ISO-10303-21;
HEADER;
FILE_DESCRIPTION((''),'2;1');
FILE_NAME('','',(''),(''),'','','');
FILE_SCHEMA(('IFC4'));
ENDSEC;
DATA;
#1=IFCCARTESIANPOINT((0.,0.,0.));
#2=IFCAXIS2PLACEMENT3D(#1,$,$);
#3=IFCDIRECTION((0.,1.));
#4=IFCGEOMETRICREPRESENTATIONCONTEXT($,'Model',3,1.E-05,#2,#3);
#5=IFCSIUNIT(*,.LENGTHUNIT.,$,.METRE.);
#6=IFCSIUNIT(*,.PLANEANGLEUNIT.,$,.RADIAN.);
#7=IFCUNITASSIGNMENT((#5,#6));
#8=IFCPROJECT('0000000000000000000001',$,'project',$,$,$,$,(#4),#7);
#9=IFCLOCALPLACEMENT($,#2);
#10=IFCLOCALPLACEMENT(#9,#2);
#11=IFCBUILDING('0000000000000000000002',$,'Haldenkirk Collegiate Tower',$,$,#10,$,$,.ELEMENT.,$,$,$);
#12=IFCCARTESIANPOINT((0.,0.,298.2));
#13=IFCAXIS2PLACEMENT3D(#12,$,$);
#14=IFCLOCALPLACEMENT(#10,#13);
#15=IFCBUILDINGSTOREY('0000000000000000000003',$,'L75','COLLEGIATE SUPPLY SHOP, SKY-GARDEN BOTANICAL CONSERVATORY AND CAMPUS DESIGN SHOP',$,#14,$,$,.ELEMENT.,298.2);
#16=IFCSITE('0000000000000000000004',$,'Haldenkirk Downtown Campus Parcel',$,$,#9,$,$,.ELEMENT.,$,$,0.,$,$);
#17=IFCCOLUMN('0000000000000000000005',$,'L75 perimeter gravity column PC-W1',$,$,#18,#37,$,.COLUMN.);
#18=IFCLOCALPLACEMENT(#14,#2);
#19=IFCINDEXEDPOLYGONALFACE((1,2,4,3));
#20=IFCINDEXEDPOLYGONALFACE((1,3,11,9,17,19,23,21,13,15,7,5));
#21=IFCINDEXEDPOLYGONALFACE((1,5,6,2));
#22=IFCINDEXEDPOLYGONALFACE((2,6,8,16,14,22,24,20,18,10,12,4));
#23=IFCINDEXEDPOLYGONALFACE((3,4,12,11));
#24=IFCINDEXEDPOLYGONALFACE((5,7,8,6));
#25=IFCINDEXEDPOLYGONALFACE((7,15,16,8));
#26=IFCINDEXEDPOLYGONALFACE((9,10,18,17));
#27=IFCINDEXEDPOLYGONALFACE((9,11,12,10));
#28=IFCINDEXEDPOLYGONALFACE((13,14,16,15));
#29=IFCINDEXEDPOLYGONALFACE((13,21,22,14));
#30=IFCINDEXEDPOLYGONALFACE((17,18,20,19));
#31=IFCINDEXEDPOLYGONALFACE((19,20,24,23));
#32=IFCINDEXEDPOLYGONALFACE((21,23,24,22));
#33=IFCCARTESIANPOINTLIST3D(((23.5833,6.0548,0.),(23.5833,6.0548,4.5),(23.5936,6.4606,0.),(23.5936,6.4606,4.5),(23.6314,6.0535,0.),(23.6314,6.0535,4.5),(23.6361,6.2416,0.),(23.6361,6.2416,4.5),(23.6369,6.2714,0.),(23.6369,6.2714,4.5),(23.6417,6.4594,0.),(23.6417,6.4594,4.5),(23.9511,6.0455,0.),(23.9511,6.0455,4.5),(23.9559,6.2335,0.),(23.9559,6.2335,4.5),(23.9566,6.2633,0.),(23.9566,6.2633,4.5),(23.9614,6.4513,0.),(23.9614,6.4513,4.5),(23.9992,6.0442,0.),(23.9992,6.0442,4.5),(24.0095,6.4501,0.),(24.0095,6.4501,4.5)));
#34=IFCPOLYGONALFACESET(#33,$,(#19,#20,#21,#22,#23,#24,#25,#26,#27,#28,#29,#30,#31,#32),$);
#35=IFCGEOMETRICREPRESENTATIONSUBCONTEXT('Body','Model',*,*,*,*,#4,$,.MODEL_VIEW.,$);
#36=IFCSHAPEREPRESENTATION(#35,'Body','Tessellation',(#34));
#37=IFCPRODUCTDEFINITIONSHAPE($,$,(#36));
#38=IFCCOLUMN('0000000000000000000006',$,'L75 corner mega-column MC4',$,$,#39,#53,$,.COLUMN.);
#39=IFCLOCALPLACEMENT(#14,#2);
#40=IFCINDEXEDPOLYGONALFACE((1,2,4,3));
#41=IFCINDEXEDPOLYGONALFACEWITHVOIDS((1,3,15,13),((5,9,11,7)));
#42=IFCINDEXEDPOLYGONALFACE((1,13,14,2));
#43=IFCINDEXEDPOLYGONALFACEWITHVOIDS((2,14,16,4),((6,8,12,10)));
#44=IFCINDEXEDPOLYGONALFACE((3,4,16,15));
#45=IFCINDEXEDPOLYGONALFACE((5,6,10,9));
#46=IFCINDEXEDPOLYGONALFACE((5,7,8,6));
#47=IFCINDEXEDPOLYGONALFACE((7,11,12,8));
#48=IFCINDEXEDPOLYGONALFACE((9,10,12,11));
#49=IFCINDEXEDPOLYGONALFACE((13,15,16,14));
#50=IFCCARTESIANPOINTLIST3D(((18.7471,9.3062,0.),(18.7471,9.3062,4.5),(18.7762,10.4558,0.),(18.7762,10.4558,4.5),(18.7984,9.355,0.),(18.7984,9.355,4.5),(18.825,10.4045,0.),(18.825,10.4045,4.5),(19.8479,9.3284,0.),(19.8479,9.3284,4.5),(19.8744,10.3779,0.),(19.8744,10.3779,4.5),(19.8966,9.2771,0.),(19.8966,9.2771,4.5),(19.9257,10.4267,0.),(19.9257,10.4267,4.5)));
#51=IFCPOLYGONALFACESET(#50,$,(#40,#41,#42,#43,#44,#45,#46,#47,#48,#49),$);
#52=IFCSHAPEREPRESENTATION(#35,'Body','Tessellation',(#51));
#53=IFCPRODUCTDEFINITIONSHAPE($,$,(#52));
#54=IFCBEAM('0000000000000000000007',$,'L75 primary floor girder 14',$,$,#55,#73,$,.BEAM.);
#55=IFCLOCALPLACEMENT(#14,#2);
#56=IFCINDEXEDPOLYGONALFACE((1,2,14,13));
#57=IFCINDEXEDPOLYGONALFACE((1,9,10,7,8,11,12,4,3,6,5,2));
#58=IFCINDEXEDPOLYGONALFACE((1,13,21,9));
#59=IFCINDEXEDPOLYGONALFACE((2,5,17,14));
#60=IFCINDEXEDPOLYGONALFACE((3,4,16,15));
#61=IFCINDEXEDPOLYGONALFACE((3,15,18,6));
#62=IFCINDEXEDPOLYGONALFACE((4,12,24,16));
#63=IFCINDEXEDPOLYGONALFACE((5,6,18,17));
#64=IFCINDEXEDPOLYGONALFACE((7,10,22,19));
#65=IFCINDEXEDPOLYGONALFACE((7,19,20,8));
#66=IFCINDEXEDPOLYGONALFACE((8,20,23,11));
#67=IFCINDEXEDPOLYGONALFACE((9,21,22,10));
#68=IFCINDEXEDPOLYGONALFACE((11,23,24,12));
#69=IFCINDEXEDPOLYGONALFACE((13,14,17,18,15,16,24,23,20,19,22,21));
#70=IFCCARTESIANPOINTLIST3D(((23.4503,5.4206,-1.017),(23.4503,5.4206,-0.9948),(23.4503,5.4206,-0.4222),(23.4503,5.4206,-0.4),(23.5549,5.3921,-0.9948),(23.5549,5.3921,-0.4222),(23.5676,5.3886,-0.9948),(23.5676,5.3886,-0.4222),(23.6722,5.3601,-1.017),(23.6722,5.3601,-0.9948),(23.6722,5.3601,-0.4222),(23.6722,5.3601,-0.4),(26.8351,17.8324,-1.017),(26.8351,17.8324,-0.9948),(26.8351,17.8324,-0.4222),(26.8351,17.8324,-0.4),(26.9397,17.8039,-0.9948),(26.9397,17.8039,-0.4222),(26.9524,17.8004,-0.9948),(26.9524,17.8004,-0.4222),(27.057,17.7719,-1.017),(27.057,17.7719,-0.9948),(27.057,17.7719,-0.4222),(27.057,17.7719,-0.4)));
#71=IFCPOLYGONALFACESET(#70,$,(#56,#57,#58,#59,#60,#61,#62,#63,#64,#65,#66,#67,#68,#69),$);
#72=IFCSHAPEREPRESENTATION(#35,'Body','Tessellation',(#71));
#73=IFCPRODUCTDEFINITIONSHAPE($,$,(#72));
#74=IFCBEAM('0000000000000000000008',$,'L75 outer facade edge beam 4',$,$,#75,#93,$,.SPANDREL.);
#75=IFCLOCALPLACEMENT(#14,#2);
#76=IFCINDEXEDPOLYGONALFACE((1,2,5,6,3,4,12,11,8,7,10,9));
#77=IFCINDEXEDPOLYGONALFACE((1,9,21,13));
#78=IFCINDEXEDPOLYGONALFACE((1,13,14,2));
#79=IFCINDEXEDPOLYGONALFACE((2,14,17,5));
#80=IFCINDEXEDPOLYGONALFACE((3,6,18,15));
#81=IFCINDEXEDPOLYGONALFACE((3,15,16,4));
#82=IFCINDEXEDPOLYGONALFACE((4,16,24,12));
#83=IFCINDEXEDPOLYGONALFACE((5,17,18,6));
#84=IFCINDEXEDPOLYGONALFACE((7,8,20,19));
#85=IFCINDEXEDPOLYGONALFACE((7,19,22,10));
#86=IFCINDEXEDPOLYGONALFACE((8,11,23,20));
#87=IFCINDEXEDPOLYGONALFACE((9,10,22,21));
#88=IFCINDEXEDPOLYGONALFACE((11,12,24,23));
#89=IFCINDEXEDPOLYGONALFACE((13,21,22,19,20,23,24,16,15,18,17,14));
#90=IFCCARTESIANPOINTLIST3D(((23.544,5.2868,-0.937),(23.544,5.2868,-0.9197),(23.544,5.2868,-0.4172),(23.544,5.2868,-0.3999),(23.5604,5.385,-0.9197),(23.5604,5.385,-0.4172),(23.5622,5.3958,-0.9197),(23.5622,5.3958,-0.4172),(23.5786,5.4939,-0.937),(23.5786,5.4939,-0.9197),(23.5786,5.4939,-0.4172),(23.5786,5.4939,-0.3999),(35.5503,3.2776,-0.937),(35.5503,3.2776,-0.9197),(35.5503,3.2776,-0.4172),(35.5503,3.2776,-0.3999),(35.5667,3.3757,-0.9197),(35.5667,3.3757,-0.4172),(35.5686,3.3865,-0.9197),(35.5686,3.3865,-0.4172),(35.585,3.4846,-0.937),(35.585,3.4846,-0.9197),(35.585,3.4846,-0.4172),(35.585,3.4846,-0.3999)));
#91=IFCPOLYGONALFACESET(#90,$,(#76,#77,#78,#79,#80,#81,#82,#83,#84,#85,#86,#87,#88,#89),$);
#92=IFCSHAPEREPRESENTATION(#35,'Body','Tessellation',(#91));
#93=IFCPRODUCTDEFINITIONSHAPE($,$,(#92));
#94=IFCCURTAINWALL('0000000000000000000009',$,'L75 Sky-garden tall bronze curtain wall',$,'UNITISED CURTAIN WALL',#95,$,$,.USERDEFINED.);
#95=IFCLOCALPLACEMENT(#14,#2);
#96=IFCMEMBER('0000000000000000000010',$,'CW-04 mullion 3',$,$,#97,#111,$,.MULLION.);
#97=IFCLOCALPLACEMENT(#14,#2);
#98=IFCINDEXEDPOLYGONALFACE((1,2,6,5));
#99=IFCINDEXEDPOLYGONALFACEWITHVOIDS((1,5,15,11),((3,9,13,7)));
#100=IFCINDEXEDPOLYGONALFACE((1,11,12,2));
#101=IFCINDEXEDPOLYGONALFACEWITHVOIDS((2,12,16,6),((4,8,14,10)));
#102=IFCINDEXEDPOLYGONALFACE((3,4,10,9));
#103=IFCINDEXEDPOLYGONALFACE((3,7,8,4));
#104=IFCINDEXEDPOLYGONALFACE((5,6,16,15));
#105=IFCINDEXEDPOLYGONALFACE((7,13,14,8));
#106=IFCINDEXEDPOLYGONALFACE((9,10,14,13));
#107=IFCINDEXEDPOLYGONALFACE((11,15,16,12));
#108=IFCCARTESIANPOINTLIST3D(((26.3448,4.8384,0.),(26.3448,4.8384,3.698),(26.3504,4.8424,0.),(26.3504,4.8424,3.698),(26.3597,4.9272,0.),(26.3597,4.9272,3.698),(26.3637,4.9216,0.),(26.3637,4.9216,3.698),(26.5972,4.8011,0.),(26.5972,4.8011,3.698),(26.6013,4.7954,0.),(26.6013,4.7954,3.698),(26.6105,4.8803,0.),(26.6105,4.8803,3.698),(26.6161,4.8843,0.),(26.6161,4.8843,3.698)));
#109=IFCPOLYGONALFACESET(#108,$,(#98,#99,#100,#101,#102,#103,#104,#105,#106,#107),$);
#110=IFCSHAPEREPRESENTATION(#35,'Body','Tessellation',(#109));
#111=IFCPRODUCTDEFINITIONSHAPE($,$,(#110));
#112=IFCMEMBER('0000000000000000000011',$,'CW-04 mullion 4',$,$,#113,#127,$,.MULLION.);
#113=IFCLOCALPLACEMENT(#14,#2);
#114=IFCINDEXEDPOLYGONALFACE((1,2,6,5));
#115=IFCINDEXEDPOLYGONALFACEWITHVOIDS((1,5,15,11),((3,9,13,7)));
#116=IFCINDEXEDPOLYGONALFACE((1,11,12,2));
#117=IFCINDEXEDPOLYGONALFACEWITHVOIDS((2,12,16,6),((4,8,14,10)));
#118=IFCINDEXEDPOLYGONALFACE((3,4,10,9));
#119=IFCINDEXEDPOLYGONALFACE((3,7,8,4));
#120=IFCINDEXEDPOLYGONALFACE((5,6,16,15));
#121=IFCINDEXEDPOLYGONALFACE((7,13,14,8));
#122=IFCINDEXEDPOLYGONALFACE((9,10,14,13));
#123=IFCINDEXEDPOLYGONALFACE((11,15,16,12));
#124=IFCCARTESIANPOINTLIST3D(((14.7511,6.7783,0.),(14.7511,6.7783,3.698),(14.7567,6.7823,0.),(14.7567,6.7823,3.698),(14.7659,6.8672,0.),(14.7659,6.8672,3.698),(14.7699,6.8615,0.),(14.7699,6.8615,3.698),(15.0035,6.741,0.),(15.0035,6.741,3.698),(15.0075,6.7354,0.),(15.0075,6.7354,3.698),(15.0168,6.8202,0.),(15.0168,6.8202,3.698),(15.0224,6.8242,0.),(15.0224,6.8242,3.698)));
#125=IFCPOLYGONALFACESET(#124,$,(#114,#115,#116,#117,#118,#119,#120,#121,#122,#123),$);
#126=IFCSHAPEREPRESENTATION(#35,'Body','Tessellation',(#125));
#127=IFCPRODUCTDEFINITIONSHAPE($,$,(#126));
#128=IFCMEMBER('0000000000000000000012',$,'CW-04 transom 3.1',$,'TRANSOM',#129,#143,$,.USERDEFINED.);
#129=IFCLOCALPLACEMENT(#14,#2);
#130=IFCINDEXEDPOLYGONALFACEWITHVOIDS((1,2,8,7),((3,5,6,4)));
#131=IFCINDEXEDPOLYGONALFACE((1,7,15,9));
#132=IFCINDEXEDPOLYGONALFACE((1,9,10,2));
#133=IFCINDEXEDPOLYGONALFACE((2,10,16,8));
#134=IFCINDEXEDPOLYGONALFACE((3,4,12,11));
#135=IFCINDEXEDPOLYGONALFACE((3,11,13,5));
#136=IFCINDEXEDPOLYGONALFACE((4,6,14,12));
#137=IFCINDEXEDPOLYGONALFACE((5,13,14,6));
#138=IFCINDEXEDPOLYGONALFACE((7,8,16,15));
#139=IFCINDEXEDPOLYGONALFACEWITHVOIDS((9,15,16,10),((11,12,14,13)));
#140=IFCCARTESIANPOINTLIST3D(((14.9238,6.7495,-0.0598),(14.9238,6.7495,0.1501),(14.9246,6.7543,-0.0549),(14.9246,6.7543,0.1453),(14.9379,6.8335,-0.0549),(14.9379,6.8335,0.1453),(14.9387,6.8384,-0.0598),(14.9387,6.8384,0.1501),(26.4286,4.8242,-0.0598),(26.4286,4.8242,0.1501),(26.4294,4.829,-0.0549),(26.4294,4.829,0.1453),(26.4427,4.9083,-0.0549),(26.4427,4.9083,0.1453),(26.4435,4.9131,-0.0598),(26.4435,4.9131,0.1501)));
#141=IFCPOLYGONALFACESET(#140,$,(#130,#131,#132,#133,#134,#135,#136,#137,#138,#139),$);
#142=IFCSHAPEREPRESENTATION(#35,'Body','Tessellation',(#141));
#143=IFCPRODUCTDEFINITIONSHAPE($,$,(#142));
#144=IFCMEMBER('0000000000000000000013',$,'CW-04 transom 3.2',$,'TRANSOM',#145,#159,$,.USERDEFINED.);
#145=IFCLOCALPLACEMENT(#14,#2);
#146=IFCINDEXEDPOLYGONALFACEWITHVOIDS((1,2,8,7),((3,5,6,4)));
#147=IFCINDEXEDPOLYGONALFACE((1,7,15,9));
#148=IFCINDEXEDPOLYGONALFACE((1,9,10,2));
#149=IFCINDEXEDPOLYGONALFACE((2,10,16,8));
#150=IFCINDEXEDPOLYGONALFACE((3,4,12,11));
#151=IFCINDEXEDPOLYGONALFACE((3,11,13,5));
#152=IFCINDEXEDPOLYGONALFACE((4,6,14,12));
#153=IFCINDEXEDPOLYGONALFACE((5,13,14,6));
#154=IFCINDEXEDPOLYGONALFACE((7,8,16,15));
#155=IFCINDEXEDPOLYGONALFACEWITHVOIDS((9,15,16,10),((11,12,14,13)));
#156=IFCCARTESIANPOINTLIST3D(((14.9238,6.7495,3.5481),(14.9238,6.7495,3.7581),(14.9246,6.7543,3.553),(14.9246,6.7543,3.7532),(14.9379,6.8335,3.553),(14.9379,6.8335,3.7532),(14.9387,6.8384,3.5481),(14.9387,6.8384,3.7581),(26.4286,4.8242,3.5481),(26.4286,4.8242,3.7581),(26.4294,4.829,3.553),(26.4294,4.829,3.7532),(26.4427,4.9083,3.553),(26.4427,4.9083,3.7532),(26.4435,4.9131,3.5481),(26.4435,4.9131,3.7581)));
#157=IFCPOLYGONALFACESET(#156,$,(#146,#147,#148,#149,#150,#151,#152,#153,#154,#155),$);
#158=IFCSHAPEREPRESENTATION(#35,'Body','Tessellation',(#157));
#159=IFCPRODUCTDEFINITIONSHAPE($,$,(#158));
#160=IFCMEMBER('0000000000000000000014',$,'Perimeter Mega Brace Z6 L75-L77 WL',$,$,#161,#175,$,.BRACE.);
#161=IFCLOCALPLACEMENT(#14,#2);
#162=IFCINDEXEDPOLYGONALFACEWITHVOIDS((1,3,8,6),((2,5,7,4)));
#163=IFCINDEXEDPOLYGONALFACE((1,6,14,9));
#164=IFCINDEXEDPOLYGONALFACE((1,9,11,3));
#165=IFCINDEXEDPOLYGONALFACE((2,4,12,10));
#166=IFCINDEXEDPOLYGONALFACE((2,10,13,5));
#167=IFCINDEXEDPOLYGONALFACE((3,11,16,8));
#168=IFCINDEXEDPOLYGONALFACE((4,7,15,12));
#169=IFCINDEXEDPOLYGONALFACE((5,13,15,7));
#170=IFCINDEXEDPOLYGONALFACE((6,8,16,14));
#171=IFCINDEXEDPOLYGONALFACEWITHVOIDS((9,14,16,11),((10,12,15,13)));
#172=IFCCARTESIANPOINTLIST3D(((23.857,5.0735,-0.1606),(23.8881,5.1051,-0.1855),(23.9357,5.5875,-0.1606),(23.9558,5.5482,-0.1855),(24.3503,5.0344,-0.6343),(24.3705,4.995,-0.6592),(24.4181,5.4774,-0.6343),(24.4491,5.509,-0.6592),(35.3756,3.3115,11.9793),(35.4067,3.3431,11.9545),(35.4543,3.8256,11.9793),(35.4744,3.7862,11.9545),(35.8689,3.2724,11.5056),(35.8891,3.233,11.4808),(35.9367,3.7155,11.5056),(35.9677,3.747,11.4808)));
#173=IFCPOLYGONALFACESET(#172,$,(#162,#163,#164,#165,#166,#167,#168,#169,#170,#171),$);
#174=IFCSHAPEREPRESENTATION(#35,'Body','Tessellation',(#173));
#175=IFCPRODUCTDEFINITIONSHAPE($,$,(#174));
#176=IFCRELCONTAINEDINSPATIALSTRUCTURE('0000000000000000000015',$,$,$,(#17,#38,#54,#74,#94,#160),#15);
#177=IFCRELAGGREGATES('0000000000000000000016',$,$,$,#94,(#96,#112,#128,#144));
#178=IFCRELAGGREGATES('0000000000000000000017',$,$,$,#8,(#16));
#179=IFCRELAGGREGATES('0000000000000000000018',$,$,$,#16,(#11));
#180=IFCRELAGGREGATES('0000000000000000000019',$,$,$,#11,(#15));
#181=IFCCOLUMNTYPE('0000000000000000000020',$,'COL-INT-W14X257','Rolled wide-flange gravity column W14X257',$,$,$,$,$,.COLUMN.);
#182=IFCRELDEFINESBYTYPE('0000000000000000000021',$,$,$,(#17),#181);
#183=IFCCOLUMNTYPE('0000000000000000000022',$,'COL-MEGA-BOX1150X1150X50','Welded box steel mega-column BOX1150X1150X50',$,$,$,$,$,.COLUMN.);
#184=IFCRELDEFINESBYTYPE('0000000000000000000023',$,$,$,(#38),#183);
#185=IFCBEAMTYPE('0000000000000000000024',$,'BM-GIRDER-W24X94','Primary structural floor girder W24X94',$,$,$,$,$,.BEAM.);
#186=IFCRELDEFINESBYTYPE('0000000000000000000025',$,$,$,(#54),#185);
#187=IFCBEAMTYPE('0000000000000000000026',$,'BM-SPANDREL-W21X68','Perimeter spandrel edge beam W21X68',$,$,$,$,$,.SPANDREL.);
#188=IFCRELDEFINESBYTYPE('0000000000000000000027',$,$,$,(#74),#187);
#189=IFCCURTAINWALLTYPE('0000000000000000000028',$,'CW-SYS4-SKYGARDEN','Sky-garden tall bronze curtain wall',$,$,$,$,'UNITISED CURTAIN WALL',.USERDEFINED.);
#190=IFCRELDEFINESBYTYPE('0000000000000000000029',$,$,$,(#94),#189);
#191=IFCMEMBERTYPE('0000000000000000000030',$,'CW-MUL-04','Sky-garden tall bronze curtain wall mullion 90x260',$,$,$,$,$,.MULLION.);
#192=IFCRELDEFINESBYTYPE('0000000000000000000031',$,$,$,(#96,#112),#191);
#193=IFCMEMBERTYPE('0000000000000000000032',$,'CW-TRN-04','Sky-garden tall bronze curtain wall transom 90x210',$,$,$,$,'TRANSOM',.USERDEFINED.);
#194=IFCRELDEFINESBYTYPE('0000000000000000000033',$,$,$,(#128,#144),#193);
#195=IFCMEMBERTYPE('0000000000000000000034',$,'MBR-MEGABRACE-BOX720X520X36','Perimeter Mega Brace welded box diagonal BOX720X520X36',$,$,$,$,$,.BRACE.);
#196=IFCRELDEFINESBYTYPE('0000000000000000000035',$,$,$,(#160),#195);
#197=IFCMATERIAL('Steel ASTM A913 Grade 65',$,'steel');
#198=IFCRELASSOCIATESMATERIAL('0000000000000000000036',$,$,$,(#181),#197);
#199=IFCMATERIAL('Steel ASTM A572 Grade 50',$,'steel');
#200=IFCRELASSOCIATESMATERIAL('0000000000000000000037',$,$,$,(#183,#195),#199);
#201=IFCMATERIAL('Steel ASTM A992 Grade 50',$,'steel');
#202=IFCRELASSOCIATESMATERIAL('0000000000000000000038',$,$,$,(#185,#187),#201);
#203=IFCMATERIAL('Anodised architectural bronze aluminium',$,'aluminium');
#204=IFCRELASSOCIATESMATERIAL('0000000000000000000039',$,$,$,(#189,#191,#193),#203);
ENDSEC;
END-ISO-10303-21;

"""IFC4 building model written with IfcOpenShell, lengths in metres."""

from ifc_helpers import new_model, si_unit, direction, frame, origin, origin_2d, place, context, subcontext, project, spatial, hollow_rectangle, i_section, extrude, material, material_profile, profile_set, type_object, element, aggregate, save


model = new_model("IFC4")

# Units and contexts
model_context = context("Model", 3, precision=1e-05, world=origin(), true_north=direction((0.0, 1.0)))
body_context = subcontext(model_context, "Body", "Model", "MODEL_VIEW")
ifc_project = project(units=[si_unit("LENGTHUNIT", "METRE"), si_unit("PLANEANGLEUNIT", "RADIAN")], contexts=[model_context])

# Site, building, storey
site_placement = place(None, origin())
site = spatial("IfcSite", under=ifc_project, at=site_placement, Name="Haldenkirk Downtown Campus Parcel", CompositionType="ELEMENT", RefElevation=0.0)
building_placement = place(site_placement, origin())
building = spatial("IfcBuilding", under=site, at=building_placement, Name="Haldenkirk Collegiate Tower", CompositionType="ELEMENT")
storey_placement = place(building_placement, frame((0.0, 0.0, 298.2)))
storey = spatial("IfcBuildingStorey", under=building, at=storey_placement, Name="L75", Description="COLLEGIATE SUPPLY SHOP, SKY-GARDEN BOTANICAL CONSERVATORY AND CAMPUS DESIGN SHOP", CompositionType="ELEMENT", Elevation=298.2)

# Columns
ifc_material_1 = material(Name="Steel ASTM A913 Grade 65", Category="steel")
ifc_material_profile_1 = material_profile(ifc_material_1, i_section(OverallWidth=0.406, OverallDepth=0.416, WebThickness=0.0298, FlangeThickness=0.0481, at=origin_2d()), Name="W14X257")
ifc_profile_set_1 = profile_set([ifc_material_profile_1], Name="Steel ASTM A913 Grade 65")
column_type_1 = type_object("IfcColumnType", Name="COL-INT-W14X257", Description="Rolled wide-flange gravity column W14X257", PredefinedType="COLUMN", material=ifc_profile_set_1)
column_1_placement = place(storey_placement, frame((23.7964, 6.2524, 0.0), z_axis=(0.0, 0.0, 1.0), x_axis=(0.025305, 0.99968, 0.0)))
element("IfcColumn", 1, at=column_1_placement, inside=storey, type_object=column_type_1, Name="L75 perimeter gravity column PC-W1", PredefinedType="COLUMN", context=body_context, shape_type="SweptSolid", body=[
    extrude(i_section(OverallWidth=0.406, OverallDepth=0.416, WebThickness=0.0298, FlangeThickness=0.0481, at=origin_2d()), origin(), (0.0, 0.0, 1.0), 4.5),
])
ifc_material_2 = material(Name="Steel ASTM A572 Grade 50", Category="steel")
ifc_material_profile_2 = material_profile(ifc_material_2, hollow_rectangle(XDim=1.1499, YDim=1.1499, WallThickness=0.05, at=origin_2d()), Name="BOX1150X1150X50")
ifc_profile_set_2 = profile_set([ifc_material_profile_2], Name="Steel ASTM A572 Grade 50")
column_type_2 = type_object("IfcColumnType", Name="COL-MEGA-BOX1150X1150X50", Description="Welded box steel mega-column BOX1150X1150X50", PredefinedType="COLUMN", material=ifc_profile_set_2)
column_2_placement = place(storey_placement, frame((19.3364, 9.8665, 0.0), z_axis=(0.0, 0.0, 1.0), x_axis=(0.025305, 0.99968, 0.0)))
element("IfcColumn", 2, at=column_2_placement, inside=storey, type_object=column_type_2, Name="L75 corner mega-column MC4", PredefinedType="COLUMN", context=body_context, shape_type="SweptSolid", body=[
    extrude(hollow_rectangle(XDim=1.1499, YDim=1.1499, WallThickness=0.05, at=origin_2d()), origin(), (0.0, 0.0, 1.0), 4.5),
])

# Beams
ifc_material_3 = material(Name="Steel ASTM A992 Grade 50", Category="steel")
ifc_material_profile_3 = material_profile(ifc_material_3, i_section(OverallWidth=0.23, OverallDepth=0.6169, WebThickness=0.0132, FlangeThickness=0.0222, at=origin_2d()), Name="W24X94")
ifc_profile_set_3 = profile_set([ifc_material_profile_3], Name="Steel ASTM A992 Grade 50")
beam_type_1 = type_object("IfcBeamType", Name="BM-GIRDER-W24X94", Description="Primary structural floor girder W24X94", PredefinedType="BEAM", material=ifc_profile_set_3)
beam_1_placement = place(storey_placement, frame((23.5613, 5.3904, -0.7085), z_axis=(0.263097, 0.96477, 0.0), x_axis=(-0.96477, 0.263097, 0.0)))
element("IfcBeam", 3, at=beam_1_placement, inside=storey, type_object=beam_type_1, Name="L75 primary floor girder 14", PredefinedType="BEAM", context=body_context, shape_type="SweptSolid", body=[
    extrude(i_section(OverallWidth=0.23, OverallDepth=0.6169, WebThickness=0.0132, FlangeThickness=0.0222, at=origin_2d()), origin(), (0.0, 0.0, 1.0), 12.865),
])
ifc_material_profile_4 = material_profile(ifc_material_3, i_section(OverallWidth=0.21, OverallDepth=0.5371, WebThickness=0.011, FlangeThickness=0.0173, at=origin_2d()), Name="W21X68")
ifc_profile_set_4 = profile_set([ifc_material_profile_4], Name="Steel ASTM A992 Grade 50")
beam_type_2 = type_object("IfcBeamType", Name="BM-SPANDREL-W21X68", Description="Perimeter spandrel edge beam W21X68", PredefinedType="SPANDREL", material=ifc_profile_set_4)
beam_2_placement = place(storey_placement, frame((23.5613, 5.3904, -0.6685), z_axis=(0.986284, -0.165056, 0.0), x_axis=(0.165056, 0.986284, 0.0)))
element("IfcBeam", 4, at=beam_2_placement, inside=storey, type_object=beam_type_2, Name="L75 outer facade edge beam 4", PredefinedType="SPANDREL", context=body_context, shape_type="SweptSolid", body=[
    extrude(i_section(OverallWidth=0.21, OverallDepth=0.5371, WebThickness=0.011, FlangeThickness=0.0173, at=origin_2d()), origin(), (0.0, 0.0, 1.0), 12.1733),
])

# Curtain wall, members
ifc_material_4 = material(Name="Anodised architectural bronze aluminium", Category="aluminium")
curtain_wall_type = type_object("IfcCurtainWallType", Name="CW-SYS4-SKYGARDEN", Description="Sky-garden tall bronze curtain wall", ElementType="UNITISED CURTAIN WALL", PredefinedType="USERDEFINED", material=ifc_material_4)
curtain_wall_placement = place(storey_placement, origin())
curtain_wall = element("IfcCurtainWall", 5, at=curtain_wall_placement, inside=storey, type_object=curtain_wall_type, Name="L75 Sky-garden tall bronze curtain wall", ObjectType="UNITISED CURTAIN WALL", PredefinedType="USERDEFINED")
ifc_material_profile_5 = material_profile(ifc_material_4, hollow_rectangle(XDim=0.0901, YDim=0.26, WallThickness=0.0049, at=origin_2d()), Name="CW-MUL-04")
ifc_profile_set_5 = profile_set([ifc_material_profile_5], Name="Anodised architectural bronze aluminium")
member_type_1 = type_object("IfcMemberType", Name="CW-MUL-04", Description="Sky-garden tall bronze curtain wall mullion 90x260", PredefinedType="MULLION", material=ifc_profile_set_5)
member_1_placement = place(storey_placement, frame((26.4805, 4.8613, 0.0), z_axis=(0.0, 0.0, 1.0), x_axis=(-0.165049, -0.986285, 0.0)))
member_1 = element("IfcMember", 6, at=member_1_placement, type_object=member_type_1, Name="CW-04 mullion 3", PredefinedType="MULLION", context=body_context, shape_type="SweptSolid", body=[
    extrude(hollow_rectangle(XDim=0.0901, YDim=0.26, WallThickness=0.0049, at=origin_2d()), origin(), (0.0, 0.0, 1.0), 3.698),
])
member_2_placement = place(storey_placement, frame((14.8867, 6.8013, 0.0), z_axis=(0.0, 0.0, 1.0), x_axis=(-0.165049, -0.986285, 0.0)))
member_2 = element("IfcMember", 7, at=member_2_placement, type_object=member_type_1, Name="CW-04 mullion 4", PredefinedType="MULLION", context=body_context, shape_type="SweptSolid", body=[
    extrude(hollow_rectangle(XDim=0.0901, YDim=0.26, WallThickness=0.0049, at=origin_2d()), origin(), (0.0, 0.0, 1.0), 3.698),
])
ifc_material_profile_6 = material_profile(ifc_material_4, hollow_rectangle(XDim=0.0901, YDim=0.21, WallThickness=0.0049, at=origin_2d()), Name="CW-TRN-04")
ifc_profile_set_6 = profile_set([ifc_material_profile_6], Name="Anodised architectural bronze aluminium")
member_type_2 = type_object("IfcMemberType", Name="CW-TRN-04", Description="Sky-garden tall bronze curtain wall transom 90x210", ElementType="TRANSOM", PredefinedType="USERDEFINED", material=ifc_profile_set_6)
member_3_placement = place(storey_placement, frame((26.436, 4.8687, 0.0452), z_axis=(-0.986285, 0.165051, 0.0), x_axis=(-0.165051, -0.986285, 0.0)))
member_3 = element("IfcMember", 8, at=member_3_placement, type_object=member_type_2, Name="CW-04 transom 3.1", ObjectType="TRANSOM", PredefinedType="USERDEFINED", context=body_context, shape_type="SweptSolid", body=[
    extrude(hollow_rectangle(XDim=0.0901, YDim=0.21, WallThickness=0.0049, at=origin_2d()), origin(), (0.0, 0.0, 1.0), 11.6648),
])
member_4_placement = place(storey_placement, frame((26.436, 4.8687, 3.6531), z_axis=(-0.986285, 0.165051, 0.0), x_axis=(-0.165051, -0.986285, 0.0)))
member_4 = element("IfcMember", 9, at=member_4_placement, type_object=member_type_2, Name="CW-04 transom 3.2", ObjectType="TRANSOM", PredefinedType="USERDEFINED", context=body_context, shape_type="SweptSolid", body=[
    extrude(hollow_rectangle(XDim=0.0901, YDim=0.21, WallThickness=0.0049, at=origin_2d()), origin(), (0.0, 0.0, 1.0), 11.6648),
])

# Member
ifc_material_profile_7 = material_profile(ifc_material_2, hollow_rectangle(XDim=0.52, YDim=0.72, WallThickness=0.0359, at=origin_2d()), Name="BOX720X520X36")
ifc_profile_set_7 = profile_set([ifc_material_profile_7], Name="Steel ASTM A572 Grade 50")
member_type_3 = type_object("IfcMemberType", Name="MBR-MEGABRACE-BOX720X520X36", Description="Perimeter Mega Brace welded box diagonal BOX720X520X36", PredefinedType="BRACE", material=ifc_profile_set_7)
member_5_placement = place(storey_placement, frame((24.1531, 5.2913, -0.4099), z_axis=(0.684515, -0.104708, 0.72144), x_axis=(0.151209, 0.988502, 0.0)))
element("IfcMember", 10, at=member_5_placement, inside=storey, type_object=member_type_3, Name="Perimeter Mega Brace Z6 L75-L77 WL", PredefinedType="BRACE", context=body_context, shape_type="SweptSolid", body=[
    extrude(hollow_rectangle(XDim=0.52, YDim=0.72, WallThickness=0.0359, at=origin_2d()), origin(), (0.0, 0.0, 1.0), 16.8274),
])

aggregate(curtain_wall, [member_1, member_2, member_3, member_4])

save(model, "model.ifc")
